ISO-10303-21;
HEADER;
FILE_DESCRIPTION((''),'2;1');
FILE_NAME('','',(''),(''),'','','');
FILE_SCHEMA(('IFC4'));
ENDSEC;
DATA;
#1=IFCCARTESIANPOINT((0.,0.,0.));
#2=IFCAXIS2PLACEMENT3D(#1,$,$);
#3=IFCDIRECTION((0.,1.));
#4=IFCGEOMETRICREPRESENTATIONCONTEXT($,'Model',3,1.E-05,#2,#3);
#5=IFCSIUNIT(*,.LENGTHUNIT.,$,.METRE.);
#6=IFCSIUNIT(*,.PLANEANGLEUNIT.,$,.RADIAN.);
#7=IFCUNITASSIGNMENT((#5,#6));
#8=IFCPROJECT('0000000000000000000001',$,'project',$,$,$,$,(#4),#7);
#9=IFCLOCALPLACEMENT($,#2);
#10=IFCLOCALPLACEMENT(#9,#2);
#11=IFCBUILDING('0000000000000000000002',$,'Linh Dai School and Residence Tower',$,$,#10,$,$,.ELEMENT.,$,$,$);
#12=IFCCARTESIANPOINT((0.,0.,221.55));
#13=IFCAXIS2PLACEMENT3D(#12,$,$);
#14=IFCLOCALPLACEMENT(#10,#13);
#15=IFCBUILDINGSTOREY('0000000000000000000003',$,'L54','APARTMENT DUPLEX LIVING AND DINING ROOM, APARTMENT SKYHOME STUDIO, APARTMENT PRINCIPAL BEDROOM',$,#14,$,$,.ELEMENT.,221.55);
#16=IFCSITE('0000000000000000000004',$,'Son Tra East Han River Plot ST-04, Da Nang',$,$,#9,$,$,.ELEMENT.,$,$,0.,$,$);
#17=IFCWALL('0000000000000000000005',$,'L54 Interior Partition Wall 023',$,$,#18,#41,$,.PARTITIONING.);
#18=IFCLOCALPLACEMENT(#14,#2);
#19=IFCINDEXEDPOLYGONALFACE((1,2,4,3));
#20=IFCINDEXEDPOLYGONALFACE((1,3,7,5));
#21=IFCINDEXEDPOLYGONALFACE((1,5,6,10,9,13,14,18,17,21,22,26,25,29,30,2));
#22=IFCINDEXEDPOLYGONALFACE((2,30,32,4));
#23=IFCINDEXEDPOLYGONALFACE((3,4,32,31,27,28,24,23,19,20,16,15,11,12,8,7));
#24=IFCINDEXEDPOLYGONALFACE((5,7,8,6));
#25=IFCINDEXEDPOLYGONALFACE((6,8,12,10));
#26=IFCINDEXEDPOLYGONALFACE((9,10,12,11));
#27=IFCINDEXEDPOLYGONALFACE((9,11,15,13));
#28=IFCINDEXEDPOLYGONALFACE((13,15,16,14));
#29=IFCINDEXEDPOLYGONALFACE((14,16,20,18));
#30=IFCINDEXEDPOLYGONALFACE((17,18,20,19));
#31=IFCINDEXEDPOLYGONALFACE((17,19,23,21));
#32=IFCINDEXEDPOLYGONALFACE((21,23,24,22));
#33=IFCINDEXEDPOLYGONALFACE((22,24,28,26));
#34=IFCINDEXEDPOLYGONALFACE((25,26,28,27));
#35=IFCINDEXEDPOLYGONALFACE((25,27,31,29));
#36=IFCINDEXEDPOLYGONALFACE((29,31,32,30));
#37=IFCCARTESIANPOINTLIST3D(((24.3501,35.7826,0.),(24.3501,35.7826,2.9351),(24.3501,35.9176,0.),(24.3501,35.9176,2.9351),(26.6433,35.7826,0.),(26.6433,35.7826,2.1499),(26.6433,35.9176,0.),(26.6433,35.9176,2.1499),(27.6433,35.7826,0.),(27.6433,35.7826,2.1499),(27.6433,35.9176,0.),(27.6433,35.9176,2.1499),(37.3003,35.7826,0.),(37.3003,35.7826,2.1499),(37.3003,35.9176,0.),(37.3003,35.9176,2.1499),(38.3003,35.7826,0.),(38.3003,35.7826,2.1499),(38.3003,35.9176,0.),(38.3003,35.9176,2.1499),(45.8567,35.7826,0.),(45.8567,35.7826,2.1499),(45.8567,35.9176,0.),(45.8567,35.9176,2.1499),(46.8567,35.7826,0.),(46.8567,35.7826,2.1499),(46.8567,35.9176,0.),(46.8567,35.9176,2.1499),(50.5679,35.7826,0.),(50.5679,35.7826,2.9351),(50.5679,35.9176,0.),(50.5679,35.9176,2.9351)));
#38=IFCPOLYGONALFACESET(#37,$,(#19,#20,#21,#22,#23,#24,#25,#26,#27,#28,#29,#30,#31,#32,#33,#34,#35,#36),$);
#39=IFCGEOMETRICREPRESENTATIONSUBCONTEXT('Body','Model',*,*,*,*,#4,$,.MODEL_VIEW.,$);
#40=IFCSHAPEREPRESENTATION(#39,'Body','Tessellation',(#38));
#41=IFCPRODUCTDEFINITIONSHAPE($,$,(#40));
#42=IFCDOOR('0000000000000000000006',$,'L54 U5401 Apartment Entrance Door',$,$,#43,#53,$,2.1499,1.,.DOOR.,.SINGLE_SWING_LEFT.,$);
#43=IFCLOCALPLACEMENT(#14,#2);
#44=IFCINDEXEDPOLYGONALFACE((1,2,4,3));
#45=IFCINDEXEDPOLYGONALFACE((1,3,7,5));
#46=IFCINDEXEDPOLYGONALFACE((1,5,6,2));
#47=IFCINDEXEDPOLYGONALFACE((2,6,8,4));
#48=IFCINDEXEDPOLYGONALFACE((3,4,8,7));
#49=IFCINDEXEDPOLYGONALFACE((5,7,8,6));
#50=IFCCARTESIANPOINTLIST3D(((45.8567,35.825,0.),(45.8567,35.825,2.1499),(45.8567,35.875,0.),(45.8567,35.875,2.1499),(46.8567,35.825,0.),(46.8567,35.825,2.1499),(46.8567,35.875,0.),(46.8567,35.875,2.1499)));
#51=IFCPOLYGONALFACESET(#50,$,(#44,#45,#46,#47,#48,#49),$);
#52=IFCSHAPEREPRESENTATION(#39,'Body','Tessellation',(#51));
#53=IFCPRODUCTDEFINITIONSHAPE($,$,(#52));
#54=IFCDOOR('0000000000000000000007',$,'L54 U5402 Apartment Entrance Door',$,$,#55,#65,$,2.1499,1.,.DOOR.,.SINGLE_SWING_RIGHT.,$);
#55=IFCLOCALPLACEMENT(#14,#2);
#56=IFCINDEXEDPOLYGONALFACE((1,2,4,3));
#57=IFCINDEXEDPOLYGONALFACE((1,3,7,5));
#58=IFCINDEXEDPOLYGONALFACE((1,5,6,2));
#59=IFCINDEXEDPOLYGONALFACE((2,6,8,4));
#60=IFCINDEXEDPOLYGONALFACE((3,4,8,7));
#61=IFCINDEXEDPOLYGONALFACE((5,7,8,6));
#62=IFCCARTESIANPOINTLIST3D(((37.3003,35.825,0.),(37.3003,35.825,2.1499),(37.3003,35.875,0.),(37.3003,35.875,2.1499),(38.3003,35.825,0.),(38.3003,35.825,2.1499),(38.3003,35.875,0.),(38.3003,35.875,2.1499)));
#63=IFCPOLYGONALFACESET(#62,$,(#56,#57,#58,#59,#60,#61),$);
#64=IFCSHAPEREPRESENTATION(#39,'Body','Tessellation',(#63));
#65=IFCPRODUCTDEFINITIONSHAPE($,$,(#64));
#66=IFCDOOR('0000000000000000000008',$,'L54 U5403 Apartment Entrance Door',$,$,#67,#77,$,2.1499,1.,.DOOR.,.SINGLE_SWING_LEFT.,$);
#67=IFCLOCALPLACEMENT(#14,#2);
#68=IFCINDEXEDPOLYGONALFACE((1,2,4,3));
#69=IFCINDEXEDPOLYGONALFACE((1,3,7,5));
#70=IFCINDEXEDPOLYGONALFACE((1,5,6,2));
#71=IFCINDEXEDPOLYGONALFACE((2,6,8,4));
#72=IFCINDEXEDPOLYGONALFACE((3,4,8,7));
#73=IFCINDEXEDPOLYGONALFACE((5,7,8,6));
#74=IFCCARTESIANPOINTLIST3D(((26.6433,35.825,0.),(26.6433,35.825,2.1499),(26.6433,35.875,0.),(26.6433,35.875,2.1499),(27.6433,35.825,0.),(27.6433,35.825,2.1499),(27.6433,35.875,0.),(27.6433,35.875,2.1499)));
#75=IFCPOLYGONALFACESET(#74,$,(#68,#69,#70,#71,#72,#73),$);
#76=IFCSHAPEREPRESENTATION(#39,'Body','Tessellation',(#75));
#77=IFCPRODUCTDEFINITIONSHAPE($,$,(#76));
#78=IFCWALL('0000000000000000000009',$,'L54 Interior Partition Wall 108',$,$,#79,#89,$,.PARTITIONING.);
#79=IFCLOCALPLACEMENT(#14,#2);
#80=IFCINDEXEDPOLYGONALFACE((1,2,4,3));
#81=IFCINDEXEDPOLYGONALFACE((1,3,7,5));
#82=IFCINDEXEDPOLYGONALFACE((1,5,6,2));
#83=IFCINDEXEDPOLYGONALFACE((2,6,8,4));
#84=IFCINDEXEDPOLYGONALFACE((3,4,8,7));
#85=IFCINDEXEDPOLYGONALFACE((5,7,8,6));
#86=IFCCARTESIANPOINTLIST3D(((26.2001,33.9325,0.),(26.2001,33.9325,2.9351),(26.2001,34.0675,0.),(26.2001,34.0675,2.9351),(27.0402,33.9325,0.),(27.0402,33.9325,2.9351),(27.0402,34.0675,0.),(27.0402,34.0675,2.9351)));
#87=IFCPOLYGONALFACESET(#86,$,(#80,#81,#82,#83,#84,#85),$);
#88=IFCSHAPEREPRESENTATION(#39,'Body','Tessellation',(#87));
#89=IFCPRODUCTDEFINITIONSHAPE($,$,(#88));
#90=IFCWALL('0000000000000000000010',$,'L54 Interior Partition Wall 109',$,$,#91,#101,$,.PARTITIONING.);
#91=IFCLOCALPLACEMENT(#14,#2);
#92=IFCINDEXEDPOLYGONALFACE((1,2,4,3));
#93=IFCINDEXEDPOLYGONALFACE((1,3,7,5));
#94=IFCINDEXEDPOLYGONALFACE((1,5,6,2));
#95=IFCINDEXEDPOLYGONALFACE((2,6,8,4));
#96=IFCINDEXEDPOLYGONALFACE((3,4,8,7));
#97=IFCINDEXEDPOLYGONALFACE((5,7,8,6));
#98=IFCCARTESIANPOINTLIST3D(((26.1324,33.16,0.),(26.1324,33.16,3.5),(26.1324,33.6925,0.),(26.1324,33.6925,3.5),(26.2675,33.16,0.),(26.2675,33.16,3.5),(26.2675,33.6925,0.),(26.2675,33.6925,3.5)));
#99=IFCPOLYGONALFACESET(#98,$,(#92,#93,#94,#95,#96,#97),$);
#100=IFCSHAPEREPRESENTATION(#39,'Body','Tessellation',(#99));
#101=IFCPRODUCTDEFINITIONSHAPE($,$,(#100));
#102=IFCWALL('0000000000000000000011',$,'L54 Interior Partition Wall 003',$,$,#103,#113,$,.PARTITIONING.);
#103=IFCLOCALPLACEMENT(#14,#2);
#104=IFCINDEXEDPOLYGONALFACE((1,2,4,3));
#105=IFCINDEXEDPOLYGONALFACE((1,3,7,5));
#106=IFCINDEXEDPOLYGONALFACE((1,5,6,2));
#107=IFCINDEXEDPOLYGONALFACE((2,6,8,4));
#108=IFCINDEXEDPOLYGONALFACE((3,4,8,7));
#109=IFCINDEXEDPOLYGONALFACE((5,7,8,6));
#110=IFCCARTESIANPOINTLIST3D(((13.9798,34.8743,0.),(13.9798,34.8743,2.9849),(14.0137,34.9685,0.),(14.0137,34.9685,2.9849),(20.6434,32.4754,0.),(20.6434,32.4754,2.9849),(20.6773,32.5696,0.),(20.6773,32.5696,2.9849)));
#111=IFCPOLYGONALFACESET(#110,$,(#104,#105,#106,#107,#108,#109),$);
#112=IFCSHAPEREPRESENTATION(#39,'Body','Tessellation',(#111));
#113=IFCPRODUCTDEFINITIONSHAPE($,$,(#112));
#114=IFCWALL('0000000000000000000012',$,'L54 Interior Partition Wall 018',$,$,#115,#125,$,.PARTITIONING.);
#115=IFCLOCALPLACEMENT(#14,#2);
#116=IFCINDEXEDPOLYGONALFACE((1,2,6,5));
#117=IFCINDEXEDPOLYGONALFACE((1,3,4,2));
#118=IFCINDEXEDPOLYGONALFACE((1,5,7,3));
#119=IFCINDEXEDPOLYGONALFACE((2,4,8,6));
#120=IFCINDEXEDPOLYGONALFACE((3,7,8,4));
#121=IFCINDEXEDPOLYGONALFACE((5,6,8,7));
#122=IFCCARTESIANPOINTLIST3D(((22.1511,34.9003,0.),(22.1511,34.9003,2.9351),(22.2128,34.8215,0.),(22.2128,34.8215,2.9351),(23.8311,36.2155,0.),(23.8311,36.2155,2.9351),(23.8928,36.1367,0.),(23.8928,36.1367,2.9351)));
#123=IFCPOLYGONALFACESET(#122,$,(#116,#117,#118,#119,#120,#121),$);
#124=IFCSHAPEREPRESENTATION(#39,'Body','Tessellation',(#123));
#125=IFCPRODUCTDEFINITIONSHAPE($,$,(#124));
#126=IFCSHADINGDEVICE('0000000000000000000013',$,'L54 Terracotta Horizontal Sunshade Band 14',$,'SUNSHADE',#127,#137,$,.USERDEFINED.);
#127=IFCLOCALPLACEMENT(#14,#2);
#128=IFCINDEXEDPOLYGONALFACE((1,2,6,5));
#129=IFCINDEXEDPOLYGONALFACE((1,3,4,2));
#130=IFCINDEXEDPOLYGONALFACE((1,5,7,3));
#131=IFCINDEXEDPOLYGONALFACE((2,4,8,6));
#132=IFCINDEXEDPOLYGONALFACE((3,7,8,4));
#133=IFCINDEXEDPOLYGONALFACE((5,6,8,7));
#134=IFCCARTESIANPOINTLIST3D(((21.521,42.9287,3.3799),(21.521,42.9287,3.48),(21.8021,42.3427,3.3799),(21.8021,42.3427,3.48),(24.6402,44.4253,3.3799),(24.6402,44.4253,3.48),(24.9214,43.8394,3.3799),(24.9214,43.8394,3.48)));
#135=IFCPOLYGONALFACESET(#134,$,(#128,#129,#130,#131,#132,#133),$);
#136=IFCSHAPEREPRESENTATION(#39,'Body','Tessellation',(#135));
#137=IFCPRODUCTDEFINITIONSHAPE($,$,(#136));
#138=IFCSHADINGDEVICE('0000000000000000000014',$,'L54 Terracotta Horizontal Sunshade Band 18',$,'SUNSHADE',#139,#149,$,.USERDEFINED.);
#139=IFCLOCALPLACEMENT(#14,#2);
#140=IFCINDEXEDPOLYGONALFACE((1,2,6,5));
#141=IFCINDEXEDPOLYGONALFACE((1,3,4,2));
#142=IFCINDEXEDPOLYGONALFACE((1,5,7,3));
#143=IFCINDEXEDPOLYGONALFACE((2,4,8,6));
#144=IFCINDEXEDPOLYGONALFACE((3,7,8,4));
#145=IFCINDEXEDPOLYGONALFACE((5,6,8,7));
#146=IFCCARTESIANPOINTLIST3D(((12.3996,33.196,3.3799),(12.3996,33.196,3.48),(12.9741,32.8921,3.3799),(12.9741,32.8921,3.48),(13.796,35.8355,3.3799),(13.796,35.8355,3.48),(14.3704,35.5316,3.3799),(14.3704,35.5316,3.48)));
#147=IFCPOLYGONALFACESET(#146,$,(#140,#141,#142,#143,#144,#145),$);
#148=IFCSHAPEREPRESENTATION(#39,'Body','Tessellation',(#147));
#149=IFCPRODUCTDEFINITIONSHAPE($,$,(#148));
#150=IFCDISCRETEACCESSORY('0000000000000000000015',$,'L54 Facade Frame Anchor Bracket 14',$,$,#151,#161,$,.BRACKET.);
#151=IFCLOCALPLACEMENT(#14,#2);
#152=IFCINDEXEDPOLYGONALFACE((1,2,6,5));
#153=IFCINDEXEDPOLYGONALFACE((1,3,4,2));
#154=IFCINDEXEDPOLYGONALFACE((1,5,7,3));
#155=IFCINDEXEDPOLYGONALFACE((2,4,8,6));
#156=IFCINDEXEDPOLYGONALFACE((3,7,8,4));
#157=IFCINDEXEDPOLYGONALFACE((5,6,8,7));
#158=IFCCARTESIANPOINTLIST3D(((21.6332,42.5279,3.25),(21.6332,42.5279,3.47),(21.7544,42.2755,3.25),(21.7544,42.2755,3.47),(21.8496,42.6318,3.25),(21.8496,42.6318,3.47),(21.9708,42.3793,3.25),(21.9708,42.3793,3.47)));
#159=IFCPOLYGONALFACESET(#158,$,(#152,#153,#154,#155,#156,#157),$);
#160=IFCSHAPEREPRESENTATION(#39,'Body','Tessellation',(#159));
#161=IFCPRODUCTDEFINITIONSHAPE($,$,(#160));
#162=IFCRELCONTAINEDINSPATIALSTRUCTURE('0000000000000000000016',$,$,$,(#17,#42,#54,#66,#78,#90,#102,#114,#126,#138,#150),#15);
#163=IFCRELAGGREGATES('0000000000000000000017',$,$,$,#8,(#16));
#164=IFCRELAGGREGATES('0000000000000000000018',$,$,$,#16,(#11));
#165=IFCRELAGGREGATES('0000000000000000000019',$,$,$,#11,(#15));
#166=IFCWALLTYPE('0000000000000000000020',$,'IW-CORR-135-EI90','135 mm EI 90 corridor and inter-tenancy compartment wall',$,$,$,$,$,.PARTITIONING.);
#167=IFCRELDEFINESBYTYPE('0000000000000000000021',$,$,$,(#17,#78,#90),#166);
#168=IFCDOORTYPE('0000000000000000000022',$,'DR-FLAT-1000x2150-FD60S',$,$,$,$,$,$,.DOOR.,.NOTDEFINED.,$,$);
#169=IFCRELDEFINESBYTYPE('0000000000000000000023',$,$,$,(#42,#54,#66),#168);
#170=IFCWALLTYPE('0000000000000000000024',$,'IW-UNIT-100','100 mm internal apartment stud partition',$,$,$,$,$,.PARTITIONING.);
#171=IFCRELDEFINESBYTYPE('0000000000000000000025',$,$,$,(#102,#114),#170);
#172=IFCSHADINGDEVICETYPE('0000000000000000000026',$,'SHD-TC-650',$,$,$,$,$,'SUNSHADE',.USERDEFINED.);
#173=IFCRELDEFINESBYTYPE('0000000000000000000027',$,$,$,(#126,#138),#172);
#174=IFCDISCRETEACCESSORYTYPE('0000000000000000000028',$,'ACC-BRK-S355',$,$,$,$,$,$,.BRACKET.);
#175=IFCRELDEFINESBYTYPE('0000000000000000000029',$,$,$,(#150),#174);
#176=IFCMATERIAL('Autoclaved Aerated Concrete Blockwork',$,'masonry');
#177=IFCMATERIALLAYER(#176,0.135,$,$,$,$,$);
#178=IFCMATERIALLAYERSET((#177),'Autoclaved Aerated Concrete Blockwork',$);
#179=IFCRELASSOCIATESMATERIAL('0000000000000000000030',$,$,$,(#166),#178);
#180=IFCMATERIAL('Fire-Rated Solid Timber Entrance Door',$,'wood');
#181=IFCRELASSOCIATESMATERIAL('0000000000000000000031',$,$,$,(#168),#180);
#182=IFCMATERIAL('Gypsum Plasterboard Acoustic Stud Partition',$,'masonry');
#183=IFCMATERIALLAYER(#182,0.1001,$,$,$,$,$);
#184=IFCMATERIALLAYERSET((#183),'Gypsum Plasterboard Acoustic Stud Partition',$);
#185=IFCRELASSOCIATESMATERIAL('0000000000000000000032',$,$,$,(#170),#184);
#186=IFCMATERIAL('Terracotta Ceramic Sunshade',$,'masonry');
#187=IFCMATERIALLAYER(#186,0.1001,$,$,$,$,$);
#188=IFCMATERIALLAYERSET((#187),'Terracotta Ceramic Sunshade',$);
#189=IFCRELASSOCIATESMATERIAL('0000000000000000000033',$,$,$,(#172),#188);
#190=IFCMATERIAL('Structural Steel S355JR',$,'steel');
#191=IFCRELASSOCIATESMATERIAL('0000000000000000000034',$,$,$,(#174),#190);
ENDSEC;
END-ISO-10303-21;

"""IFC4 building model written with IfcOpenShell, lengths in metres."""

from ifc_helpers import new_model, si_unit, direction, frame, frame_2d, origin, origin_2d, place, context, subcontext, project, spatial, rectangle, extrude, source, transform, mapped, material, layer, layer_set, type_object, element, fill, save


model = new_model("IFC4")

# Units and contexts
model_context = context("Model", 3, precision=1e-05, world=origin(), true_north=direction((0.0, 1.0)))
body_context = subcontext(model_context, "Body", "Model", "MODEL_VIEW")
ifc_project = project(units=[si_unit("LENGTHUNIT", "METRE"), si_unit("PLANEANGLEUNIT", "RADIAN")], contexts=[model_context])

# Site, building, storey
site_placement = place(None, origin())
site = spatial("IfcSite", under=ifc_project, at=site_placement, Name="Son Tra East Han River Plot ST-04, Da Nang", CompositionType="ELEMENT", RefElevation=0.0)
building_placement = place(site_placement, origin())
building = spatial("IfcBuilding", under=site, at=building_placement, Name="Linh Dai School and Residence Tower", CompositionType="ELEMENT")
storey_placement = place(building_placement, frame((0.0, 0.0, 221.55)))
storey = spatial("IfcBuildingStorey", under=building, at=storey_placement, Name="L54", Description="APARTMENT DUPLEX LIVING AND DINING ROOM, APARTMENT SKYHOME STUDIO, APARTMENT PRINCIPAL BEDROOM", CompositionType="ELEMENT", Elevation=221.55)

# Shared definitions
ifc_material_1 = material(Name="Structural Steel S355JR", Category="steel")

# Shared definitions
ifc_material_2 = material(Name="Autoclaved Aerated Concrete Blockwork", Category="masonry")
ifc_layer_1 = layer(ifc_material_2, 0.135)
ifc_layer_set_1 = layer_set([ifc_layer_1], Name="Autoclaved Aerated Concrete Blockwork")
wall_type_1 = type_object("IfcWallType", Name="IW-CORR-135-EI90", Description="135 mm EI 90 corridor and inter-tenancy compartment wall", PredefinedType="PARTITIONING", material=ifc_layer_set_1)

# Wall, openings, doors
wall_1_placement = place(storey_placement, frame((24.3501, 35.8501, 0.0), z_axis=(0.0, 0.0, 1.0), x_axis=(1.0, 0.0, 0.0)))
wall_1 = element("IfcWall", 1, at=wall_1_placement, inside=storey, type_object=wall_type_1, Name="L54 Interior Partition Wall 023", PredefinedType="PARTITIONING", context=body_context, shape_type="SweptSolid", body=[
    extrude(rectangle(XDim=26.2178, YDim=0.135, at=frame_2d((13.1089, 0.0))), origin(), (0.0, 0.0, 1.0), 2.9351),
])
opening_1_placement = place(wall_1_placement, frame((21.5066, 0.0, 0.0)))
opening_1 = element("IfcOpeningElement", 2, at=opening_1_placement, cuts=wall_1, PredefinedType="OPENING", context=body_context, shape_type="SweptSolid", body=[
    extrude(rectangle(XDim=1.0, YDim=2.1499, at=origin_2d()), frame((0.5, 0.0776, 1.075), z_axis=(0.0, -1.0, 0.0), x_axis=(1.0, 0.0, 0.0)), (0.0, 0.0, 1.0), 0.155),
])
opening_2_placement = place(wall_1_placement, frame((12.9502, 0.0, 0.0)))
opening_2 = element("IfcOpeningElement", 3, at=opening_2_placement, cuts=wall_1, PredefinedType="OPENING", context=body_context, shape_type="SweptSolid", body=[
    extrude(rectangle(XDim=1.0, YDim=2.1499, at=origin_2d()), frame((0.5, 0.0776, 1.075), z_axis=(0.0, -1.0, 0.0), x_axis=(1.0, 0.0, 0.0)), (0.0, 0.0, 1.0), 0.155),
])
opening_3_placement = place(wall_1_placement, frame((2.2932, 0.0, 0.0)))
opening_3 = element("IfcOpeningElement", 4, at=opening_3_placement, cuts=wall_1, PredefinedType="OPENING", context=body_context, shape_type="SweptSolid", body=[
    extrude(rectangle(XDim=1.0, YDim=2.1499, at=origin_2d()), frame((0.5, 0.0776, 1.075), z_axis=(0.0, -1.0, 0.0), x_axis=(1.0, 0.0, 0.0)), (0.0, 0.0, 1.0), 0.155),
])
ifc_material_3 = material(Name="Fire-Rated Solid Timber Entrance Door", Category="wood")
door_type_1 = type_object("IfcDoorType", Name="DR-FLAT-1000x2150-FD60S", OperationType="NOTDEFINED", PredefinedType="DOOR", material=ifc_material_3)
shared_shape_1 = source(origin(), body_context, "Body", "SweptSolid", [
    extrude(rectangle(XDim=1.0, YDim=2.1499, at=origin_2d()), frame((0.5, 0.0249, 1.075), z_axis=(0.0, -1.0, 0.0), x_axis=(1.0, 0.0, 0.0)), (0.0, 0.0, 1.0), 0.05),
])
door_1_placement = place(opening_1_placement, origin())
door_1 = element("IfcDoor", 5, at=door_1_placement, inside=storey, type_object=door_type_1, Name="L54 U5401 Apartment Entrance Door", OperationType="SINGLE_SWING_LEFT", OverallHeight=2.1499, OverallWidth=1.0, PredefinedType="DOOR", context=body_context, shape_type="MappedRepresentation", body=[
    mapped(shared_shape_1, transform((0.0, 0.0, 0.0), x_axis=(1.0, 0.0, 0.0), y_axis=(0.0, 1.0, 0.0), z_axis=(0.0, 0.0, 1.0), scale=1.0)),
])
fill(opening_1, door_1)
door_2_placement = place(opening_2_placement, origin())
door_2 = element("IfcDoor", 6, at=door_2_placement, inside=storey, type_object=door_type_1, Name="L54 U5402 Apartment Entrance Door", OperationType="SINGLE_SWING_RIGHT", OverallHeight=2.1499, OverallWidth=1.0, PredefinedType="DOOR", context=body_context, shape_type="MappedRepresentation", body=[
    mapped(shared_shape_1, transform((0.0, 0.0, 0.0), x_axis=(1.0, 0.0, 0.0), y_axis=(0.0, 1.0, 0.0), z_axis=(0.0, 0.0, 1.0), scale=1.0)),
])
fill(opening_2, door_2)
door_3_placement = place(opening_3_placement, origin())
door_3 = element("IfcDoor", 7, at=door_3_placement, inside=storey, type_object=door_type_1, Name="L54 U5403 Apartment Entrance Door", OperationType="SINGLE_SWING_LEFT", OverallHeight=2.1499, OverallWidth=1.0, PredefinedType="DOOR", context=body_context, shape_type="MappedRepresentation", body=[
    mapped(shared_shape_1, transform((0.0, 0.0, 0.0), x_axis=(1.0, 0.0, 0.0), y_axis=(0.0, 1.0, 0.0), z_axis=(0.0, 0.0, 1.0), scale=1.0)),
])
fill(opening_3, door_3)

# Walls
wall_2_placement = place(storey_placement, frame((27.04, 34.0, 0.0), z_axis=(0.0, 0.0, 1.0), x_axis=(-1.0, 0.0, 0.0)))
element("IfcWall", 8, at=wall_2_placement, inside=storey, type_object=wall_type_1, Name="L54 Interior Partition Wall 108", PredefinedType="PARTITIONING", context=body_context, shape_type="SweptSolid", body=[
    extrude(rectangle(XDim=0.8401, YDim=0.135, at=frame_2d((0.4199, 0.0))), origin(), (0.0, 0.0, 1.0), 2.9351),
])
wall_3_placement = place(storey_placement, frame((26.2, 33.6924, 0.0), z_axis=(0.0, 0.0, 1.0), x_axis=(0.0, -1.0, 0.0)))
element("IfcWall", 9, at=wall_3_placement, inside=storey, type_object=wall_type_1, Name="L54 Interior Partition Wall 109", PredefinedType="PARTITIONING", context=body_context, shape_type="SweptSolid", body=[
    extrude(rectangle(XDim=0.5325, YDim=0.135, at=frame_2d((0.2661, 0.0))), origin(), (0.0, 0.0, 1.0), 3.5),
])
ifc_material_4 = material(Name="Gypsum Plasterboard Acoustic Stud Partition", Category="masonry")
ifc_layer_2 = layer(ifc_material_4, 0.1001)
ifc_layer_set_2 = layer_set([ifc_layer_2], Name="Gypsum Plasterboard Acoustic Stud Partition")
wall_type_2 = type_object("IfcWallType", Name="IW-UNIT-100", Description="100 mm internal apartment stud partition", PredefinedType="PARTITIONING", material=ifc_layer_set_2)
wall_4_placement = place(storey_placement, frame((13.9968, 34.9214, 0.0), z_axis=(0.0, 0.0, 1.0), x_axis=(0.940886, -0.338724, 0.0)))
element("IfcWall", 10, at=wall_4_placement, inside=storey, type_object=wall_type_2, Name="L54 Interior Partition Wall 003", PredefinedType="PARTITIONING", context=body_context, shape_type="SweptSolid", body=[
    extrude(rectangle(XDim=7.0823, YDim=0.1001, at=frame_2d((3.541, 0.0))), origin(), (0.0, 0.0, 1.0), 2.9849),
])
wall_5_placement = place(storey_placement, frame((22.1819, 34.8608, 0.0), z_axis=(0.0, 0.0, 1.0), x_axis=(0.787401, 0.616441, 0.0)))
element("IfcWall", 11, at=wall_5_placement, inside=storey, type_object=wall_type_2, Name="L54 Interior Partition Wall 018", PredefinedType="PARTITIONING", context=body_context, shape_type="SweptSolid", body=[
    extrude(rectangle(XDim=2.1335, YDim=0.1001, at=frame_2d((1.0669, 0.0))), origin(), (0.0, 0.0, 1.0), 2.9351),
])

# Shading devices
ifc_material_5 = material(Name="Terracotta Ceramic Sunshade", Category="masonry")
ifc_layer_3 = layer(ifc_material_5, 0.1001)
ifc_layer_set_3 = layer_set([ifc_layer_3], Name="Terracotta Ceramic Sunshade")
shading_device_type = type_object("IfcShadingDeviceType", Name="SHD-TC-650", ElementType="SUNSHADE", PredefinedType="USERDEFINED", material=ifc_layer_set_3)
shared_shape_2 = source(origin(), body_context, "Body", "SweptSolid", [
    extrude(rectangle(XDim=3.4597, YDim=0.6499, at=origin_2d()), origin(), (0.0, 0.0, 1.0), 0.1001),
])
shading_device_1_placement = place(storey_placement, frame((23.2212, 43.384, 3.3799), z_axis=(0.0, 0.0, 1.0), x_axis=(0.901589, 0.432594, 0.0)))
element("IfcShadingDevice", 12, at=shading_device_1_placement, inside=storey, type_object=shading_device_type, Name="L54 Terracotta Horizontal Sunshade Band 14", ObjectType="SUNSHADE", PredefinedType="USERDEFINED", context=body_context, shape_type="MappedRepresentation", body=[
    mapped(shared_shape_2, transform((0.0, 0.0, 0.0), x_axis=(1.0, 0.0, 0.0), y_axis=(0.0, 1.0, 0.0), z_axis=(0.0, 0.0, 1.0), scale=1.0)),
])
shared_shape_3 = source(origin(), body_context, "Body", "SweptSolid", [
    extrude(rectangle(XDim=2.9861, YDim=0.6499, at=origin_2d()), origin(), (0.0, 0.0, 1.0), 0.1001),
])
shading_device_2_placement = place(storey_placement, frame((13.385, 34.3638, 3.3799), z_axis=(0.0, 0.0, 1.0), x_axis=(0.467621, 0.883929, 0.0)))
element("IfcShadingDevice", 13, at=shading_device_2_placement, inside=storey, type_object=shading_device_type, Name="L54 Terracotta Horizontal Sunshade Band 18", ObjectType="SUNSHADE", PredefinedType="USERDEFINED", context=body_context, shape_type="MappedRepresentation", body=[
    mapped(shared_shape_3, transform((0.0, 0.0, 0.0), x_axis=(1.0, 0.0, 0.0), y_axis=(0.0, 1.0, 0.0), z_axis=(0.0, 0.0, 1.0), scale=1.0)),
])

# Discrete accessory
discrete_accessory_type = type_object("IfcDiscreteAccessoryType", Name="ACC-BRK-S355", PredefinedType="BRACKET", material=ifc_material_1)
shared_shape_4 = source(origin(), body_context, "Body", "SweptSolid", [
    extrude(rectangle(XDim=0.28, YDim=0.24, at=origin_2d()), origin(), (0.0, 0.0, 1.0), 0.22),
])
discrete_accessory_placement = place(storey_placement, frame((21.802, 42.4536, 3.25), z_axis=(0.0, 0.0, 1.0), x_axis=(-0.432594, 0.901589, 0.0)))
element("IfcDiscreteAccessory", 14, at=discrete_accessory_placement, inside=storey, type_object=discrete_accessory_type, Name="L54 Facade Frame Anchor Bracket 14", PredefinedType="BRACKET", context=body_context, shape_type="MappedRepresentation", body=[
    mapped(shared_shape_4, transform((0.0, 0.0, 0.0), x_axis=(1.0, 0.0, 0.0), y_axis=(0.0, 1.0, 0.0), z_axis=(0.0, 0.0, 1.0), scale=1.0)),
])

save(model, "model.ifc")
